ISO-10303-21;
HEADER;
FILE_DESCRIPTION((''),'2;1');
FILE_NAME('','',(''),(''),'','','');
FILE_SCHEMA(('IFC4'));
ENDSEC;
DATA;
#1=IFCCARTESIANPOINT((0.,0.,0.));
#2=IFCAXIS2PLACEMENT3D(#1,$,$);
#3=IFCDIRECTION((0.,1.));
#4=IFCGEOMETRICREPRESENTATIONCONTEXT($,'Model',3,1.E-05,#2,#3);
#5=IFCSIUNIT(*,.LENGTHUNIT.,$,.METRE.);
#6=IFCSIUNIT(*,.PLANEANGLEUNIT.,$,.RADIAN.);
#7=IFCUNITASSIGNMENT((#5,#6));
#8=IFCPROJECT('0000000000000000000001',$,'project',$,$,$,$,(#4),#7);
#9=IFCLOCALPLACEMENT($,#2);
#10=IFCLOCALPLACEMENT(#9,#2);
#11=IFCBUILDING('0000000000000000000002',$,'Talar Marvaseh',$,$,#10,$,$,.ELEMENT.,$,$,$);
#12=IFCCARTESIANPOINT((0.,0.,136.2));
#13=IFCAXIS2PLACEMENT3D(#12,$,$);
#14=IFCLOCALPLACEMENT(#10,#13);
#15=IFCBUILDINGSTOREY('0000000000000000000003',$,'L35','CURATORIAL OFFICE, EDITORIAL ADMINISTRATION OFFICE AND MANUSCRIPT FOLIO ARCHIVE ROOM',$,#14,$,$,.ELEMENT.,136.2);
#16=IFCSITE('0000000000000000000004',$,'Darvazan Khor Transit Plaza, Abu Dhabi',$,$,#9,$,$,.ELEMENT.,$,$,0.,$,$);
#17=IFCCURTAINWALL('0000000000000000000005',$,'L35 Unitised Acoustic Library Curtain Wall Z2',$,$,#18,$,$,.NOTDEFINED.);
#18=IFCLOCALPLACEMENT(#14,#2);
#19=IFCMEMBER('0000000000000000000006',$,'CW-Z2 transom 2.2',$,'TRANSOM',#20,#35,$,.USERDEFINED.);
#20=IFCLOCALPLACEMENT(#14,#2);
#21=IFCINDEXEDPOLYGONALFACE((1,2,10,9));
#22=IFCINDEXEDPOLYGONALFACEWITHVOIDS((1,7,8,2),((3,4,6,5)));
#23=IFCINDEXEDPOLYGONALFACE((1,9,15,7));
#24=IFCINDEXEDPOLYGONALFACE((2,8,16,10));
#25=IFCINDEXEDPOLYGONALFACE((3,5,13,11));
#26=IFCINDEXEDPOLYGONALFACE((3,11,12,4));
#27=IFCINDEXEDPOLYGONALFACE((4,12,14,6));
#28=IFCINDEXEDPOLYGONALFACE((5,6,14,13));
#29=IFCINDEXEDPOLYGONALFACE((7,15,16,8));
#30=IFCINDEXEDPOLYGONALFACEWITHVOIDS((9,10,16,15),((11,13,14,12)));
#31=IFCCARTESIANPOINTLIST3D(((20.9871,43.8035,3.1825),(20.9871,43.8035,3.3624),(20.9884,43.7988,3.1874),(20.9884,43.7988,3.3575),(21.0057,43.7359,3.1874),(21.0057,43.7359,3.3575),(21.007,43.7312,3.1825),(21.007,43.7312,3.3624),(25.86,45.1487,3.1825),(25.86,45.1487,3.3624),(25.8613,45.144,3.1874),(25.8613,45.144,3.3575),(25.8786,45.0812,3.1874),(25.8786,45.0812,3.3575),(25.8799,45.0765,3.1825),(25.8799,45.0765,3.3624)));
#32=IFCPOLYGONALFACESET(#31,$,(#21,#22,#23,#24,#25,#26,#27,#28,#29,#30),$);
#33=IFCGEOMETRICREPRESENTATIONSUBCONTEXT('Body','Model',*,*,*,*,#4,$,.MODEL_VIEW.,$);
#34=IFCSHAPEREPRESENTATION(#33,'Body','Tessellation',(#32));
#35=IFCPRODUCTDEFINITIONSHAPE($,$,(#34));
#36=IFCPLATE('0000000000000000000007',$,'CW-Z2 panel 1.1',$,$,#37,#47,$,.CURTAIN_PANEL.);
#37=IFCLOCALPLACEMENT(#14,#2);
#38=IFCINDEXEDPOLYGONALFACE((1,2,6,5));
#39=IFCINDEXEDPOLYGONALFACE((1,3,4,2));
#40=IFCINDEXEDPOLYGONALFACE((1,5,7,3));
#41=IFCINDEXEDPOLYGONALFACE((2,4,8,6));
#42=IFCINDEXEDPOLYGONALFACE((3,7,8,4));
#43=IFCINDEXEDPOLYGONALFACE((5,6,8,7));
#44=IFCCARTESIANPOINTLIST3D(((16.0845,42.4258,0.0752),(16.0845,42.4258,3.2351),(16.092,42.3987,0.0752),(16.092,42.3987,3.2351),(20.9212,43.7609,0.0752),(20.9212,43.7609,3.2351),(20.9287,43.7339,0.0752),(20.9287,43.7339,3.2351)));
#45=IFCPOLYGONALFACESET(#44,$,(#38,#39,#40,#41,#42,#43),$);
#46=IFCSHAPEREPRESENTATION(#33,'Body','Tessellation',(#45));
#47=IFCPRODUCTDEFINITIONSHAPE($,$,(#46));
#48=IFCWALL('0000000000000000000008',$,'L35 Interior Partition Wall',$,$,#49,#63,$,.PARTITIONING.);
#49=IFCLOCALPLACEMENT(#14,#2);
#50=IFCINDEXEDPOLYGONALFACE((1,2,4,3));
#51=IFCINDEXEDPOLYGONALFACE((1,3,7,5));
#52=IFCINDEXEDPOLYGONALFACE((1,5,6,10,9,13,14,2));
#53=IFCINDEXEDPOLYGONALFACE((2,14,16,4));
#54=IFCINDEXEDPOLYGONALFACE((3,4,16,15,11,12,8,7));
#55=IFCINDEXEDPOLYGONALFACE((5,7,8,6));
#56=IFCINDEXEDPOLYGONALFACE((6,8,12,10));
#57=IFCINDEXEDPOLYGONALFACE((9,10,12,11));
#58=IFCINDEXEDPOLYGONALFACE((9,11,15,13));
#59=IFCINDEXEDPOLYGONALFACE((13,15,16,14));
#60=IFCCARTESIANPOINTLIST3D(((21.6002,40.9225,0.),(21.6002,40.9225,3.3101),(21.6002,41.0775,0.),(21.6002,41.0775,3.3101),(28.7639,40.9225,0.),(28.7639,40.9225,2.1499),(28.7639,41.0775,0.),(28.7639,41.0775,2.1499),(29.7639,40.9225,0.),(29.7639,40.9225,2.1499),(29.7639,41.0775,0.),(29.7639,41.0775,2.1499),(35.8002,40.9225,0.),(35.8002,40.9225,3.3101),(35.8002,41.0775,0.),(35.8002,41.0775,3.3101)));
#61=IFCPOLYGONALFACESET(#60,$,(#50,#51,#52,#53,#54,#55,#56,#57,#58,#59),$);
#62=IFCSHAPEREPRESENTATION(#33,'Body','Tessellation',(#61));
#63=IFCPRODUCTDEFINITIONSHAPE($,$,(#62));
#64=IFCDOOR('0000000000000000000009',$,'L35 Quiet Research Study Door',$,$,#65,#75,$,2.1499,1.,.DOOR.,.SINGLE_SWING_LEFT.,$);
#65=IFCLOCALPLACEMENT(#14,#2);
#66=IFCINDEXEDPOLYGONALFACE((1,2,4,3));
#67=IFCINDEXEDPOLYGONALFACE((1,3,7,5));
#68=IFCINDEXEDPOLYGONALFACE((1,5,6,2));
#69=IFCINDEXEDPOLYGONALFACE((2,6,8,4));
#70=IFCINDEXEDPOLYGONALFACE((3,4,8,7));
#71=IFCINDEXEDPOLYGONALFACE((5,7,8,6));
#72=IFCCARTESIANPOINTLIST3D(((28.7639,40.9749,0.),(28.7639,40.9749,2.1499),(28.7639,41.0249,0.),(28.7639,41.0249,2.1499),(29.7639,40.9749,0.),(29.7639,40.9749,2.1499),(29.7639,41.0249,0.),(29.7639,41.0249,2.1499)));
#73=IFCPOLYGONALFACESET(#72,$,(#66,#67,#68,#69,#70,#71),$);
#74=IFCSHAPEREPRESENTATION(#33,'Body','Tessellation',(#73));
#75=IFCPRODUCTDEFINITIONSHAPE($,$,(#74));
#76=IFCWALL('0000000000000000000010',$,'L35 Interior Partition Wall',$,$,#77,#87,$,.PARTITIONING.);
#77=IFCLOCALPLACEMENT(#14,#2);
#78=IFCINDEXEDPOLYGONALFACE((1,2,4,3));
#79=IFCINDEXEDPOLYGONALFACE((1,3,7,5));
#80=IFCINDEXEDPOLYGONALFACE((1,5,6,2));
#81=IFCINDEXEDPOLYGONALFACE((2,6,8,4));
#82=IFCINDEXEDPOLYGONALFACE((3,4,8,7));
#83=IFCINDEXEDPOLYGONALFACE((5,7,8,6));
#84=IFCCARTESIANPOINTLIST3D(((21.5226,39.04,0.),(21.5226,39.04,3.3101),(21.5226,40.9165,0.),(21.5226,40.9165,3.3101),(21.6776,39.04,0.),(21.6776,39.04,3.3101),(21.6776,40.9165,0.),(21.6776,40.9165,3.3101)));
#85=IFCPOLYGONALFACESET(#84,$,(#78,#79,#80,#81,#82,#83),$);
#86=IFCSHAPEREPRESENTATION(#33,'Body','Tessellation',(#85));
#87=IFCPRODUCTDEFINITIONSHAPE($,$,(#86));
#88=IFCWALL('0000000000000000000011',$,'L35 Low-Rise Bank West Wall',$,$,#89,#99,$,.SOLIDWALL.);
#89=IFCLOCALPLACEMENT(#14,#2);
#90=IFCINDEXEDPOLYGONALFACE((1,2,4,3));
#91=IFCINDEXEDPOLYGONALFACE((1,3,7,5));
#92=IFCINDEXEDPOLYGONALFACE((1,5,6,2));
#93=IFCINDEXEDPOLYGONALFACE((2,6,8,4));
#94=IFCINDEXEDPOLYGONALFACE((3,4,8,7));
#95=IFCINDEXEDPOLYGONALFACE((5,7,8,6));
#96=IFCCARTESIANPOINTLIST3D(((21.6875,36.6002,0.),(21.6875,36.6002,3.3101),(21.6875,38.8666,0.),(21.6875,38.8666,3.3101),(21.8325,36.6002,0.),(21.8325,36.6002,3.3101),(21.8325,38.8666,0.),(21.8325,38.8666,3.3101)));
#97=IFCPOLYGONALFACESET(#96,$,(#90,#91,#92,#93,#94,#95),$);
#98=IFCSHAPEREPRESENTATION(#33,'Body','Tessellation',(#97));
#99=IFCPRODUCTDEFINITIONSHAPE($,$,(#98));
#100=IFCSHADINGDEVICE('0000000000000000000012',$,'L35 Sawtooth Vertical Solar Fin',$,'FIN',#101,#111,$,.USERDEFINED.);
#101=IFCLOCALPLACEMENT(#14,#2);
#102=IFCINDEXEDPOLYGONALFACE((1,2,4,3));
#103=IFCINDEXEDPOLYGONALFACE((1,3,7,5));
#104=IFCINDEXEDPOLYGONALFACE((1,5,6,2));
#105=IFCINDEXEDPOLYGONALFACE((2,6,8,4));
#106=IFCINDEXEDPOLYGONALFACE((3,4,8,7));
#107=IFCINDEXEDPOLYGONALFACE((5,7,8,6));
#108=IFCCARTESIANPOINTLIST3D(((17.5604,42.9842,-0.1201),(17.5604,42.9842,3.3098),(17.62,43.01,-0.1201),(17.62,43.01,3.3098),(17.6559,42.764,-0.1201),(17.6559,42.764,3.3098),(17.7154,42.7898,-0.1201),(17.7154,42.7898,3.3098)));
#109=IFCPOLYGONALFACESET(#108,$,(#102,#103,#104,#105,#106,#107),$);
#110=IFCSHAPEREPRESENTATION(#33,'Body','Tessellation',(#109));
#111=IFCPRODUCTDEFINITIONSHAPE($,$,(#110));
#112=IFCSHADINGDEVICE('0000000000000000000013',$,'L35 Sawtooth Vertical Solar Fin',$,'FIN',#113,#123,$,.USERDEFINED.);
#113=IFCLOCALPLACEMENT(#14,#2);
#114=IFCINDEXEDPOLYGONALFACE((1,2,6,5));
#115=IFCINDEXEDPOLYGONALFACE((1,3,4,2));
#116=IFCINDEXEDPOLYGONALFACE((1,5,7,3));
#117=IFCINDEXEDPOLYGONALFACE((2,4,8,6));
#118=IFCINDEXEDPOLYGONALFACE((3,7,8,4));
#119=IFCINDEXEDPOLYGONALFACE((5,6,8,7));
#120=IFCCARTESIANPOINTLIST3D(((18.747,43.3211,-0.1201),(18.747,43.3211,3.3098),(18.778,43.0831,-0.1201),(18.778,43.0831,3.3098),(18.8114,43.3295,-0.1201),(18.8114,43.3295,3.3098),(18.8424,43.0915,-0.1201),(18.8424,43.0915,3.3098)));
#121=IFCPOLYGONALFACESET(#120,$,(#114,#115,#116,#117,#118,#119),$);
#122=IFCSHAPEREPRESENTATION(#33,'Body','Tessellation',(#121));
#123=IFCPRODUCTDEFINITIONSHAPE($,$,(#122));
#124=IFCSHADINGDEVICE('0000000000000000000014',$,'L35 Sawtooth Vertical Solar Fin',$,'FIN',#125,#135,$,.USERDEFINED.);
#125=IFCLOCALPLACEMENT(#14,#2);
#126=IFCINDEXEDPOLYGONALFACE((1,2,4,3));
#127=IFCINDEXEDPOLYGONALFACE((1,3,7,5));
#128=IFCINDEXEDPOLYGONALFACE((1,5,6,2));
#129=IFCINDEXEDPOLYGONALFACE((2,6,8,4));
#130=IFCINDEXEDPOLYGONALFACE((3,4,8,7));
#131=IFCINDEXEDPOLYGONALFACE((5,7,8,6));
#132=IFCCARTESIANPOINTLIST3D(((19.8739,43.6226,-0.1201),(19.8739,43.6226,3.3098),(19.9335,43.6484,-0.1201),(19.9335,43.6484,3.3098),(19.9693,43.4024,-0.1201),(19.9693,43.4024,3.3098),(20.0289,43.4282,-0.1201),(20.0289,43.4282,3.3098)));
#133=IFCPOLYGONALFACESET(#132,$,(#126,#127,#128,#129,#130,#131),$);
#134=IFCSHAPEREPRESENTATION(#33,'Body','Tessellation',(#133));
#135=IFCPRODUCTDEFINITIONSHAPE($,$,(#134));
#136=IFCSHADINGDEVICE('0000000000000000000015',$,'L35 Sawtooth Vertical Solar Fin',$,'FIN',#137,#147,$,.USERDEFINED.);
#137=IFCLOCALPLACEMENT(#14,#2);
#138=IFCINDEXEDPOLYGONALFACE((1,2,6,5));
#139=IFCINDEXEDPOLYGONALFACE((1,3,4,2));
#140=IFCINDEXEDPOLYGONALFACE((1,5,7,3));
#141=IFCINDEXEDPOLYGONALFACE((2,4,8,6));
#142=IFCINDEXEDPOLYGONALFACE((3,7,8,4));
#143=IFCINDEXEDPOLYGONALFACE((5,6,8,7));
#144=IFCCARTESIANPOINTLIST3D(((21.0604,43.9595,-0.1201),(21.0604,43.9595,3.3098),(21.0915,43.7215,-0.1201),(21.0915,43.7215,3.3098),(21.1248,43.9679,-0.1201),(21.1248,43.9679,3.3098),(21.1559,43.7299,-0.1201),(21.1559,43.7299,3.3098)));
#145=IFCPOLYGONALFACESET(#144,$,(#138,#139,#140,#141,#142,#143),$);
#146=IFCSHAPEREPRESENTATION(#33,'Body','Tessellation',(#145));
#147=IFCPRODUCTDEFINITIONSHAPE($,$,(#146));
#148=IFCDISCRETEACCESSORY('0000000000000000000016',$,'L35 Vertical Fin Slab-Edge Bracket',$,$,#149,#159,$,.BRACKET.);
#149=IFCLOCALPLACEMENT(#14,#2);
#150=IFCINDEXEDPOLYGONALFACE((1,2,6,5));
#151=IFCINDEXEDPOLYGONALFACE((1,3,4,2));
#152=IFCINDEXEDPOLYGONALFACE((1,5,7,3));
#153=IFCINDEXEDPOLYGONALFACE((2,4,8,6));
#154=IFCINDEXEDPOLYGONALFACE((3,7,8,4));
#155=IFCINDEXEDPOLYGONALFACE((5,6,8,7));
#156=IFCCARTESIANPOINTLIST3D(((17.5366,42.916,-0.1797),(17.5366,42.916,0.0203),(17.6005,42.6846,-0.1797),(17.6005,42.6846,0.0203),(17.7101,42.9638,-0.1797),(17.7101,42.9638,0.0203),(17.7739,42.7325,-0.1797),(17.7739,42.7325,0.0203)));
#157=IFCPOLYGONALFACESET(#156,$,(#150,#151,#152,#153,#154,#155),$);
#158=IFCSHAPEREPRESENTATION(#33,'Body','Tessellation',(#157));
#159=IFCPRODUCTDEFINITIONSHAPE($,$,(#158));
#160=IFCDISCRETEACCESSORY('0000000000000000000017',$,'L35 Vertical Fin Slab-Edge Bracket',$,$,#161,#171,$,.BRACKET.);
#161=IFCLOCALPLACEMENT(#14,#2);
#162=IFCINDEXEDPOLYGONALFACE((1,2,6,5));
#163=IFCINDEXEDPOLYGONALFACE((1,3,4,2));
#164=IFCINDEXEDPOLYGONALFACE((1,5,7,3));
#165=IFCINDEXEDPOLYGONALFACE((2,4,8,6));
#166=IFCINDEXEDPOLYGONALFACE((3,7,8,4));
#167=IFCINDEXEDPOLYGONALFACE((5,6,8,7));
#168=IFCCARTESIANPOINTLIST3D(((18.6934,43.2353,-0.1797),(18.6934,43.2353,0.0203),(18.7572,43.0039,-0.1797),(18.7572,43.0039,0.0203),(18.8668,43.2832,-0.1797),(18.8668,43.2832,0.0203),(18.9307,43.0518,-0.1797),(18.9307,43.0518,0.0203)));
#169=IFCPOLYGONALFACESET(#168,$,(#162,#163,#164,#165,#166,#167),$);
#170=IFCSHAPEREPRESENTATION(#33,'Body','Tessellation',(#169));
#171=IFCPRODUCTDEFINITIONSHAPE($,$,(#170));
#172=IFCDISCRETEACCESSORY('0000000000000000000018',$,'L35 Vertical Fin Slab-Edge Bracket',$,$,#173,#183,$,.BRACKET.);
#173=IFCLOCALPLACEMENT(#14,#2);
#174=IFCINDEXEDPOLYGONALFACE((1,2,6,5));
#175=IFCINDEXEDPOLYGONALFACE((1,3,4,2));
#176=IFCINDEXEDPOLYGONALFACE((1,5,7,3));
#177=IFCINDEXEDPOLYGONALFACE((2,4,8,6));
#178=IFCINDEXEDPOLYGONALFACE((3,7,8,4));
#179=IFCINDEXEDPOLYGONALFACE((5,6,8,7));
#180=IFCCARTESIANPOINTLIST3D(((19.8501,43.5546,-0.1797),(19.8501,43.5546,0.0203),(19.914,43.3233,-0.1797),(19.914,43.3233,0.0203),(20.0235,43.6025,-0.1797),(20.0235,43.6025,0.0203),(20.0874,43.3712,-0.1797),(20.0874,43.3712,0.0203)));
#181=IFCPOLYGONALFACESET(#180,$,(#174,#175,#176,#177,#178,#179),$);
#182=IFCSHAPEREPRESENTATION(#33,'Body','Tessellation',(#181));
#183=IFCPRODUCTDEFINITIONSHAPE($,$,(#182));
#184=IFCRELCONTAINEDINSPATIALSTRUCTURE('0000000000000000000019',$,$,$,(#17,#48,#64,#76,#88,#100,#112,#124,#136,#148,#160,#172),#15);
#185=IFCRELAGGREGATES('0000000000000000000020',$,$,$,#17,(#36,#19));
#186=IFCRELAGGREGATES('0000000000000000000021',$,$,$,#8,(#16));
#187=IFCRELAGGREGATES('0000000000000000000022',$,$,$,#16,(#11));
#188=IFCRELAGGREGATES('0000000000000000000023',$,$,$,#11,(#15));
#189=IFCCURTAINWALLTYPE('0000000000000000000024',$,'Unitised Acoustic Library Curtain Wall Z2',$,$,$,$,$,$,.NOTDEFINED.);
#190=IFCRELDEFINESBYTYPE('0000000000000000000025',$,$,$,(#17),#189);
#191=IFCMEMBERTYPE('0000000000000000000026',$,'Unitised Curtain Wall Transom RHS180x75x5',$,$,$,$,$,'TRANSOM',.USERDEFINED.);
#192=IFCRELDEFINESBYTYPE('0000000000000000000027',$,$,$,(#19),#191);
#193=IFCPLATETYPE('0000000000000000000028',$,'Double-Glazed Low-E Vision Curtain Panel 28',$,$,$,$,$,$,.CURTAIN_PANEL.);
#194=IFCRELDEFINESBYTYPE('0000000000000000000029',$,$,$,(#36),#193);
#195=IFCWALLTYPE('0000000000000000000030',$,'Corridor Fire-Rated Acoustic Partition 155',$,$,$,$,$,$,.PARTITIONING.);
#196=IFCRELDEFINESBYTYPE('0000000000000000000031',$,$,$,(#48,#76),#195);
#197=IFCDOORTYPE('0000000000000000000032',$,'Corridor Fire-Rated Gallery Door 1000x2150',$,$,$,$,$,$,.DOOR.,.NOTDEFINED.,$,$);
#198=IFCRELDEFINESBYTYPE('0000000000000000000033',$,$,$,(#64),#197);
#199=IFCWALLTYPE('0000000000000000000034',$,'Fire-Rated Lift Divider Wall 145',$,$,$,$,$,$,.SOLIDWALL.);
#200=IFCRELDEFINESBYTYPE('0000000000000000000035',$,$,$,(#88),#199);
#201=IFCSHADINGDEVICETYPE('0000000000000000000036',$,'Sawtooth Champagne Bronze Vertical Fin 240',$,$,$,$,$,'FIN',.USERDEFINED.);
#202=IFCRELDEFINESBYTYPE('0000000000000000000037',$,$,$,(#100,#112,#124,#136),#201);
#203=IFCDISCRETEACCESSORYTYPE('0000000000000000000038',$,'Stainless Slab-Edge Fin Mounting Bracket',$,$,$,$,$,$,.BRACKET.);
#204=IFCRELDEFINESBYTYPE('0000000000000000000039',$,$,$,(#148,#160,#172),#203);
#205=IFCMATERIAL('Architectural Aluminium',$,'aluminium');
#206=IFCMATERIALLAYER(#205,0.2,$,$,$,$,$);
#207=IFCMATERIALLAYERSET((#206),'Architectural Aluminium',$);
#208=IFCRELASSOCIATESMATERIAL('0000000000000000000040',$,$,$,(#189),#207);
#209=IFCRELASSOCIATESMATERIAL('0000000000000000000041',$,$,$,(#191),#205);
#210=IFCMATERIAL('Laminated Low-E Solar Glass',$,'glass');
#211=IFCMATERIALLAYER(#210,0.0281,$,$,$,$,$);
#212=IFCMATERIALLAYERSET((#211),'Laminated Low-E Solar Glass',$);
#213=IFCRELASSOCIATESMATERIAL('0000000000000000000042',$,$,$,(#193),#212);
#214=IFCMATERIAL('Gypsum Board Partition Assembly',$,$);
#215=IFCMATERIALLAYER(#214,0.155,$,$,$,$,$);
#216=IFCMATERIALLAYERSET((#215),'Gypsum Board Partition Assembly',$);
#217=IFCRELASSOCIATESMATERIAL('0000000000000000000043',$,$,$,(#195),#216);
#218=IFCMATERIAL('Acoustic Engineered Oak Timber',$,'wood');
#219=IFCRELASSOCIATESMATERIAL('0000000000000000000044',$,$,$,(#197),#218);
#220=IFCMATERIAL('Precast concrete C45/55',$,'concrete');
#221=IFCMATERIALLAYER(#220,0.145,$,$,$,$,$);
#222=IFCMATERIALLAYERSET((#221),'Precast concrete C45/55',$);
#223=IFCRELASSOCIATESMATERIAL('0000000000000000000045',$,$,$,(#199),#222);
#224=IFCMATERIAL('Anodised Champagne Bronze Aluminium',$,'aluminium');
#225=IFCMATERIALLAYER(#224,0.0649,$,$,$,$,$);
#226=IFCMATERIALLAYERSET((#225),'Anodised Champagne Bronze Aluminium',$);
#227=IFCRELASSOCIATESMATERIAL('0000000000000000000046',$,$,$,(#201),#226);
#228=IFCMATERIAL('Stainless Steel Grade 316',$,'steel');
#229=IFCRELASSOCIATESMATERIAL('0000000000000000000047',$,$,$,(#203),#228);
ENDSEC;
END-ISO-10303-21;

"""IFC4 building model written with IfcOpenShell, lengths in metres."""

from ifc_helpers import new_model, si_unit, direction, frame, frame_2d, origin, origin_2d, place, context, subcontext, project, spatial, rectangle, hollow_rectangle, extrude, source, transform, mapped, material, layer, layer_set, material_profile, profile_set, type_object, type_shapes, element, fill, aggregate, save


model = new_model("IFC4")

# Units and contexts
model_context = context("Model", 3, precision=1e-05, world=origin(), true_north=direction((0.0, 1.0)))
body_context = subcontext(model_context, "Body", "Model", "MODEL_VIEW")
ifc_project = project(units=[si_unit("LENGTHUNIT", "METRE"), si_unit("PLANEANGLEUNIT", "RADIAN")], contexts=[model_context])

# Site, building, storey
site_placement = place(None, origin())
site = spatial("IfcSite", under=ifc_project, at=site_placement, Name="Darvazan Khor Transit Plaza, Abu Dhabi", CompositionType="ELEMENT", RefElevation=0.0)
building_placement = place(site_placement, origin())
building = spatial("IfcBuilding", under=site, at=building_placement, Name="Talar Marvaseh", CompositionType="ELEMENT")
storey_placement = place(building_placement, frame((0.0, 0.0, 136.2)))
storey = spatial("IfcBuildingStorey", under=building, at=storey_placement, Name="L35", Description="CURATORIAL OFFICE, EDITORIAL ADMINISTRATION OFFICE AND MANUSCRIPT FOLIO ARCHIVE ROOM", CompositionType="ELEMENT", Elevation=136.2)

# Curtain wall, member, plate
ifc_material_1 = material(Name="Architectural Aluminium", Category="aluminium")
ifc_layer_1 = layer(ifc_material_1, 0.2)
ifc_layer_set_1 = layer_set([ifc_layer_1], Name="Architectural Aluminium")
curtain_wall_type = type_object("IfcCurtainWallType", Name="Unitised Acoustic Library Curtain Wall Z2", PredefinedType="NOTDEFINED", material=ifc_layer_set_1)
curtain_wall_placement = place(storey_placement, origin())
curtain_wall = element("IfcCurtainWall", 1, at=curtain_wall_placement, inside=storey, type_object=curtain_wall_type, Name="L35 Unitised Acoustic Library Curtain Wall Z2", PredefinedType="NOTDEFINED")
ifc_material_profile_1 = material_profile(ifc_material_1, hollow_rectangle(XDim=0.075, YDim=0.1799, WallThickness=0.0049, at=origin_2d()), Name="RHS180x75x5")
ifc_profile_set_1 = profile_set([ifc_material_profile_1], Name="Architectural Aluminium")
member_type_1 = type_object("IfcMemberType", Name="Unitised Curtain Wall Transom RHS180x75x5", ElementType="TRANSOM", PredefinedType="USERDEFINED", material=ifc_profile_set_1)
shared_shape_1 = source(origin(), body_context, "Body", "SweptSolid", [
    extrude(hollow_rectangle(XDim=0.075, YDim=0.1799, WallThickness=0.0049, at=origin_2d()), origin(), (0.0, 0.0, 1.0), 5.0552),
])
type_shapes(member_type_1, [shared_shape_1])
member_1_placement = place(storey_placement, frame((20.9971, 43.7673, 3.2725), z_axis=(0.963942, 0.266112, 0.0), x_axis=(-0.266112, 0.963942, 0.0)))
member_1 = element("IfcMember", 2, at=member_1_placement, type_object=member_type_1, Name="CW-Z2 transom 2.2", ObjectType="TRANSOM", PredefinedType="USERDEFINED", context=body_context, shape_type="MappedRepresentation", body=[
    mapped(shared_shape_1, transform((0.0, 0.0, 0.0), x_axis=(1.0, 0.0, 0.0), y_axis=(0.0, 1.0, 0.0), z_axis=(0.0, 0.0, 1.0), scale=1.0)),
])
ifc_material_2 = material(Name="Laminated Low-E Solar Glass", Category="glass")
ifc_layer_2 = layer(ifc_material_2, 0.0281)
ifc_layer_set_2 = layer_set([ifc_layer_2], Name="Laminated Low-E Solar Glass")
plate_type = type_object("IfcPlateType", Name="Double-Glazed Low-E Vision Curtain Panel 28", PredefinedType="CURTAIN_PANEL", material=ifc_layer_set_2)
shared_shape_2 = source(origin(), body_context, "Body", "SweptSolid", [
    extrude(rectangle(XDim=5.0176, YDim=0.0281, at=origin_2d()), origin(), (0.0, 0.0, 1.0), 3.1599),
])
type_shapes(plate_type, [shared_shape_2])
plate_placement = place(storey_placement, frame((18.5066, 43.0798, 0.0752), z_axis=(0.0, 0.0, 1.0), x_axis=(0.963948, 0.266092, 0.0)))
plate = element("IfcPlate", 3, at=plate_placement, type_object=plate_type, Name="CW-Z2 panel 1.1", PredefinedType="CURTAIN_PANEL", context=body_context, shape_type="MappedRepresentation", body=[
    mapped(shared_shape_2, transform((0.0, 0.0, 0.0), x_axis=(1.0, 0.0, 0.0), y_axis=(0.0, 1.0, 0.0), z_axis=(0.0, 0.0, 1.0), scale=1.0)),
])
aggregate(curtain_wall, [plate, member_1])

# Wall, opening, door
ifc_material_3 = material(Name="Gypsum Board Partition Assembly")
ifc_layer_3 = layer(ifc_material_3, 0.155)
ifc_layer_set_3 = layer_set([ifc_layer_3], Name="Gypsum Board Partition Assembly")
wall_type_1 = type_object("IfcWallType", Name="Corridor Fire-Rated Acoustic Partition 155", PredefinedType="PARTITIONING", material=ifc_layer_set_3)
wall_1_placement = place(storey_placement, frame((21.6001, 41.0, 0.0), z_axis=(0.0, 0.0, 1.0), x_axis=(1.0, 0.0, 0.0)))
wall_1 = element("IfcWall", 4, at=wall_1_placement, inside=storey, type_object=wall_type_1, Name="L35 Interior Partition Wall", PredefinedType="PARTITIONING", context=body_context, shape_type="SweptSolid", body=[
    extrude(rectangle(XDim=14.2, YDim=0.155, at=frame_2d((7.1001, 0.0))), origin(), (0.0, 0.0, 1.0), 3.3101),
])
opening_1_placement = place(wall_1_placement, frame((7.1638, 0.0, 0.0)))
opening_1 = element("IfcOpeningElement", 5, at=opening_1_placement, cuts=wall_1, PredefinedType="OPENING", context=body_context, shape_type="SweptSolid", body=[
    extrude(rectangle(XDim=1.0, YDim=2.1499, at=frame_2d((0.5, 1.075))), frame((0.0, 0.0874, 0.0), z_axis=(0.0, -1.0, 0.0), x_axis=(1.0, 0.0, 0.0)), (0.0, 0.0, 1.0), 0.175),
])
ifc_material_4 = material(Name="Acoustic Engineered Oak Timber", Category="wood")
door_type_1 = type_object("IfcDoorType", Name="Corridor Fire-Rated Gallery Door 1000x2150", OperationType="NOTDEFINED", PredefinedType="DOOR", material=ifc_material_4)
shared_shape_3 = source(origin(), body_context, "Body", "SweptSolid", [
    extrude(rectangle(XDim=1.0, YDim=2.1499, at=frame_2d((0.5, 1.075))), frame((0.0, 0.0249, 0.0), z_axis=(0.0, -1.0, 0.0), x_axis=(1.0, 0.0, 0.0)), (0.0, 0.0, 1.0), 0.05),
])
type_shapes(door_type_1, [shared_shape_3])
door_1_placement = place(opening_1_placement, origin())
door_1 = element("IfcDoor", 6, at=door_1_placement, inside=storey, type_object=door_type_1, Name="L35 Quiet Research Study Door", OperationType="SINGLE_SWING_LEFT", OverallHeight=2.1499, OverallWidth=1.0, PredefinedType="DOOR", context=body_context, shape_type="MappedRepresentation", body=[
    mapped(shared_shape_3, transform((0.0, 0.0, 0.0), x_axis=(1.0, 0.0, 0.0), y_axis=(0.0, 1.0, 0.0), z_axis=(0.0, 0.0, 1.0), scale=1.0)),
])
fill(opening_1, door_1)

# Walls
wall_2_placement = place(storey_placement, frame((21.6001, 39.04, 0.0), z_axis=(0.0, 0.0, 1.0), x_axis=(0.0, 1.0, 0.0)))
element("IfcWall", 7, at=wall_2_placement, inside=storey, type_object=wall_type_1, Name="L35 Interior Partition Wall", PredefinedType="PARTITIONING", context=body_context, shape_type="SweptSolid", body=[
    extrude(rectangle(XDim=1.8765, YDim=0.155, at=frame_2d((0.9382, 0.0))), origin(), (0.0, 0.0, 1.0), 3.3101),
])
ifc_material_5 = material(Name="Precast concrete C45/55", Category="concrete")
ifc_layer_4 = layer(ifc_material_5, 0.145)
ifc_layer_set_4 = layer_set([ifc_layer_4], Name="Precast concrete C45/55")
wall_type_2 = type_object("IfcWallType", Name="Fire-Rated Lift Divider Wall 145", PredefinedType="SOLIDWALL", material=ifc_layer_set_4)
wall_3_placement = place(storey_placement, frame((21.76, 36.6001, 0.0), z_axis=(0.0, 0.0, 1.0), x_axis=(0.0, 1.0, 0.0)))
element("IfcWall", 8, at=wall_3_placement, inside=storey, type_object=wall_type_2, Name="L35 Low-Rise Bank West Wall", PredefinedType="SOLIDWALL", context=body_context, shape_type="SweptSolid", body=[
    extrude(rectangle(XDim=2.2664, YDim=0.145, at=frame_2d((1.1333, 0.0))), origin(), (0.0, 0.0, 1.0), 3.3101),
])

# Shared definitions
ifc_material_6 = material(Name="Stainless Steel Grade 316", Category="steel")

# Shading devices
ifc_material_7 = material(Name="Anodised Champagne Bronze Aluminium", Category="aluminium")
ifc_layer_5 = layer(ifc_material_7, 0.0649)
ifc_layer_set_5 = layer_set([ifc_layer_5], Name="Anodised Champagne Bronze Aluminium")
shading_device_type = type_object("IfcShadingDeviceType", Name="Sawtooth Champagne Bronze Vertical Fin 240", ElementType="FIN", PredefinedType="USERDEFINED", material=ifc_layer_set_5)
shared_shape_4 = source(origin(), body_context, "Body", "SweptSolid", [
    extrude(rectangle(XDim=0.24, YDim=0.0649, at=origin_2d()), origin(), (0.0, 0.0, 1.0), 3.4299),
])
type_shapes(shading_device_type, [shared_shape_4])
for number, where, z_axis, x_axis, name in (
    (9, (17.6379, 42.887, -0.1201), (0.0, 0.0, 1.0), (-0.397628, 0.917547, 0.0), "L35 Sawtooth Vertical Solar Fin"),
    (10, (18.7947, 43.2063, -0.1201), (0.0, 0.0, 1.0), (-0.129315, 0.991604, 0.0), "L35 Sawtooth Vertical Solar Fin"),
    (11, (19.9514, 43.5254, -0.1201), (0.0, 0.0, 1.0), (-0.397628, 0.917547, 0.0), "L35 Sawtooth Vertical Solar Fin"),
    (12, (21.1082, 43.8447, -0.1201), (0.0, 0.0, 1.0), (-0.129315, 0.991604, 0.0), "L35 Sawtooth Vertical Solar Fin"),
):
    element("IfcShadingDevice", number, at=place(storey_placement, frame(where, z_axis=z_axis, x_axis=x_axis)), inside=storey, type_object=shading_device_type, Name=name, ObjectType="FIN", PredefinedType="USERDEFINED", context=body_context, shape_type="MappedRepresentation", body=[
        mapped(shared_shape_4, transform((0.0, 0.0, 0.0), x_axis=(1.0, 0.0, 0.0), y_axis=(0.0, 1.0, 0.0), z_axis=(0.0, 0.0, 1.0), scale=1.0)),
    ])

# Discrete accessories
discrete_accessory_type = type_object("IfcDiscreteAccessoryType", Name="Stainless Slab-Edge Fin Mounting Bracket", PredefinedType="BRACKET", material=ifc_material_6)
shared_shape_5 = source(origin(), body_context, "Body", "SweptSolid", [
    extrude(rectangle(XDim=0.24, YDim=0.1799, at=origin_2d()), origin(), (0.0, 0.0, 1.0), 0.2),
])
type_shapes(discrete_accessory_type, [shared_shape_5])
for number, where, z_axis, x_axis, name in (
    (13, (17.6553, 42.8242, -0.1797), (0.0, 0.0, 1.0), (-0.266061, 0.963956, 0.0), "L35 Vertical Fin Slab-Edge Bracket"),
    (14, (18.812, 43.1436, -0.1797), (0.0, 0.0, 1.0), (-0.266061, 0.963956, 0.0), "L35 Vertical Fin Slab-Edge Bracket"),
    (15, (19.9688, 43.4629, -0.1797), (0.0, 0.0, 1.0), (-0.266061, 0.963956, 0.0), "L35 Vertical Fin Slab-Edge Bracket"),
):
    element("IfcDiscreteAccessory", number, at=place(storey_placement, frame(where, z_axis=z_axis, x_axis=x_axis)), inside=storey, type_object=discrete_accessory_type, Name=name, PredefinedType="BRACKET", context=body_context, shape_type="MappedRepresentation", body=[
        mapped(shared_shape_5, transform((0.0, 0.0, 0.0), x_axis=(1.0, 0.0, 0.0), y_axis=(0.0, 1.0, 0.0), z_axis=(0.0, 0.0, 1.0), scale=1.0)),
    ])

save(model, "model.ifc")
